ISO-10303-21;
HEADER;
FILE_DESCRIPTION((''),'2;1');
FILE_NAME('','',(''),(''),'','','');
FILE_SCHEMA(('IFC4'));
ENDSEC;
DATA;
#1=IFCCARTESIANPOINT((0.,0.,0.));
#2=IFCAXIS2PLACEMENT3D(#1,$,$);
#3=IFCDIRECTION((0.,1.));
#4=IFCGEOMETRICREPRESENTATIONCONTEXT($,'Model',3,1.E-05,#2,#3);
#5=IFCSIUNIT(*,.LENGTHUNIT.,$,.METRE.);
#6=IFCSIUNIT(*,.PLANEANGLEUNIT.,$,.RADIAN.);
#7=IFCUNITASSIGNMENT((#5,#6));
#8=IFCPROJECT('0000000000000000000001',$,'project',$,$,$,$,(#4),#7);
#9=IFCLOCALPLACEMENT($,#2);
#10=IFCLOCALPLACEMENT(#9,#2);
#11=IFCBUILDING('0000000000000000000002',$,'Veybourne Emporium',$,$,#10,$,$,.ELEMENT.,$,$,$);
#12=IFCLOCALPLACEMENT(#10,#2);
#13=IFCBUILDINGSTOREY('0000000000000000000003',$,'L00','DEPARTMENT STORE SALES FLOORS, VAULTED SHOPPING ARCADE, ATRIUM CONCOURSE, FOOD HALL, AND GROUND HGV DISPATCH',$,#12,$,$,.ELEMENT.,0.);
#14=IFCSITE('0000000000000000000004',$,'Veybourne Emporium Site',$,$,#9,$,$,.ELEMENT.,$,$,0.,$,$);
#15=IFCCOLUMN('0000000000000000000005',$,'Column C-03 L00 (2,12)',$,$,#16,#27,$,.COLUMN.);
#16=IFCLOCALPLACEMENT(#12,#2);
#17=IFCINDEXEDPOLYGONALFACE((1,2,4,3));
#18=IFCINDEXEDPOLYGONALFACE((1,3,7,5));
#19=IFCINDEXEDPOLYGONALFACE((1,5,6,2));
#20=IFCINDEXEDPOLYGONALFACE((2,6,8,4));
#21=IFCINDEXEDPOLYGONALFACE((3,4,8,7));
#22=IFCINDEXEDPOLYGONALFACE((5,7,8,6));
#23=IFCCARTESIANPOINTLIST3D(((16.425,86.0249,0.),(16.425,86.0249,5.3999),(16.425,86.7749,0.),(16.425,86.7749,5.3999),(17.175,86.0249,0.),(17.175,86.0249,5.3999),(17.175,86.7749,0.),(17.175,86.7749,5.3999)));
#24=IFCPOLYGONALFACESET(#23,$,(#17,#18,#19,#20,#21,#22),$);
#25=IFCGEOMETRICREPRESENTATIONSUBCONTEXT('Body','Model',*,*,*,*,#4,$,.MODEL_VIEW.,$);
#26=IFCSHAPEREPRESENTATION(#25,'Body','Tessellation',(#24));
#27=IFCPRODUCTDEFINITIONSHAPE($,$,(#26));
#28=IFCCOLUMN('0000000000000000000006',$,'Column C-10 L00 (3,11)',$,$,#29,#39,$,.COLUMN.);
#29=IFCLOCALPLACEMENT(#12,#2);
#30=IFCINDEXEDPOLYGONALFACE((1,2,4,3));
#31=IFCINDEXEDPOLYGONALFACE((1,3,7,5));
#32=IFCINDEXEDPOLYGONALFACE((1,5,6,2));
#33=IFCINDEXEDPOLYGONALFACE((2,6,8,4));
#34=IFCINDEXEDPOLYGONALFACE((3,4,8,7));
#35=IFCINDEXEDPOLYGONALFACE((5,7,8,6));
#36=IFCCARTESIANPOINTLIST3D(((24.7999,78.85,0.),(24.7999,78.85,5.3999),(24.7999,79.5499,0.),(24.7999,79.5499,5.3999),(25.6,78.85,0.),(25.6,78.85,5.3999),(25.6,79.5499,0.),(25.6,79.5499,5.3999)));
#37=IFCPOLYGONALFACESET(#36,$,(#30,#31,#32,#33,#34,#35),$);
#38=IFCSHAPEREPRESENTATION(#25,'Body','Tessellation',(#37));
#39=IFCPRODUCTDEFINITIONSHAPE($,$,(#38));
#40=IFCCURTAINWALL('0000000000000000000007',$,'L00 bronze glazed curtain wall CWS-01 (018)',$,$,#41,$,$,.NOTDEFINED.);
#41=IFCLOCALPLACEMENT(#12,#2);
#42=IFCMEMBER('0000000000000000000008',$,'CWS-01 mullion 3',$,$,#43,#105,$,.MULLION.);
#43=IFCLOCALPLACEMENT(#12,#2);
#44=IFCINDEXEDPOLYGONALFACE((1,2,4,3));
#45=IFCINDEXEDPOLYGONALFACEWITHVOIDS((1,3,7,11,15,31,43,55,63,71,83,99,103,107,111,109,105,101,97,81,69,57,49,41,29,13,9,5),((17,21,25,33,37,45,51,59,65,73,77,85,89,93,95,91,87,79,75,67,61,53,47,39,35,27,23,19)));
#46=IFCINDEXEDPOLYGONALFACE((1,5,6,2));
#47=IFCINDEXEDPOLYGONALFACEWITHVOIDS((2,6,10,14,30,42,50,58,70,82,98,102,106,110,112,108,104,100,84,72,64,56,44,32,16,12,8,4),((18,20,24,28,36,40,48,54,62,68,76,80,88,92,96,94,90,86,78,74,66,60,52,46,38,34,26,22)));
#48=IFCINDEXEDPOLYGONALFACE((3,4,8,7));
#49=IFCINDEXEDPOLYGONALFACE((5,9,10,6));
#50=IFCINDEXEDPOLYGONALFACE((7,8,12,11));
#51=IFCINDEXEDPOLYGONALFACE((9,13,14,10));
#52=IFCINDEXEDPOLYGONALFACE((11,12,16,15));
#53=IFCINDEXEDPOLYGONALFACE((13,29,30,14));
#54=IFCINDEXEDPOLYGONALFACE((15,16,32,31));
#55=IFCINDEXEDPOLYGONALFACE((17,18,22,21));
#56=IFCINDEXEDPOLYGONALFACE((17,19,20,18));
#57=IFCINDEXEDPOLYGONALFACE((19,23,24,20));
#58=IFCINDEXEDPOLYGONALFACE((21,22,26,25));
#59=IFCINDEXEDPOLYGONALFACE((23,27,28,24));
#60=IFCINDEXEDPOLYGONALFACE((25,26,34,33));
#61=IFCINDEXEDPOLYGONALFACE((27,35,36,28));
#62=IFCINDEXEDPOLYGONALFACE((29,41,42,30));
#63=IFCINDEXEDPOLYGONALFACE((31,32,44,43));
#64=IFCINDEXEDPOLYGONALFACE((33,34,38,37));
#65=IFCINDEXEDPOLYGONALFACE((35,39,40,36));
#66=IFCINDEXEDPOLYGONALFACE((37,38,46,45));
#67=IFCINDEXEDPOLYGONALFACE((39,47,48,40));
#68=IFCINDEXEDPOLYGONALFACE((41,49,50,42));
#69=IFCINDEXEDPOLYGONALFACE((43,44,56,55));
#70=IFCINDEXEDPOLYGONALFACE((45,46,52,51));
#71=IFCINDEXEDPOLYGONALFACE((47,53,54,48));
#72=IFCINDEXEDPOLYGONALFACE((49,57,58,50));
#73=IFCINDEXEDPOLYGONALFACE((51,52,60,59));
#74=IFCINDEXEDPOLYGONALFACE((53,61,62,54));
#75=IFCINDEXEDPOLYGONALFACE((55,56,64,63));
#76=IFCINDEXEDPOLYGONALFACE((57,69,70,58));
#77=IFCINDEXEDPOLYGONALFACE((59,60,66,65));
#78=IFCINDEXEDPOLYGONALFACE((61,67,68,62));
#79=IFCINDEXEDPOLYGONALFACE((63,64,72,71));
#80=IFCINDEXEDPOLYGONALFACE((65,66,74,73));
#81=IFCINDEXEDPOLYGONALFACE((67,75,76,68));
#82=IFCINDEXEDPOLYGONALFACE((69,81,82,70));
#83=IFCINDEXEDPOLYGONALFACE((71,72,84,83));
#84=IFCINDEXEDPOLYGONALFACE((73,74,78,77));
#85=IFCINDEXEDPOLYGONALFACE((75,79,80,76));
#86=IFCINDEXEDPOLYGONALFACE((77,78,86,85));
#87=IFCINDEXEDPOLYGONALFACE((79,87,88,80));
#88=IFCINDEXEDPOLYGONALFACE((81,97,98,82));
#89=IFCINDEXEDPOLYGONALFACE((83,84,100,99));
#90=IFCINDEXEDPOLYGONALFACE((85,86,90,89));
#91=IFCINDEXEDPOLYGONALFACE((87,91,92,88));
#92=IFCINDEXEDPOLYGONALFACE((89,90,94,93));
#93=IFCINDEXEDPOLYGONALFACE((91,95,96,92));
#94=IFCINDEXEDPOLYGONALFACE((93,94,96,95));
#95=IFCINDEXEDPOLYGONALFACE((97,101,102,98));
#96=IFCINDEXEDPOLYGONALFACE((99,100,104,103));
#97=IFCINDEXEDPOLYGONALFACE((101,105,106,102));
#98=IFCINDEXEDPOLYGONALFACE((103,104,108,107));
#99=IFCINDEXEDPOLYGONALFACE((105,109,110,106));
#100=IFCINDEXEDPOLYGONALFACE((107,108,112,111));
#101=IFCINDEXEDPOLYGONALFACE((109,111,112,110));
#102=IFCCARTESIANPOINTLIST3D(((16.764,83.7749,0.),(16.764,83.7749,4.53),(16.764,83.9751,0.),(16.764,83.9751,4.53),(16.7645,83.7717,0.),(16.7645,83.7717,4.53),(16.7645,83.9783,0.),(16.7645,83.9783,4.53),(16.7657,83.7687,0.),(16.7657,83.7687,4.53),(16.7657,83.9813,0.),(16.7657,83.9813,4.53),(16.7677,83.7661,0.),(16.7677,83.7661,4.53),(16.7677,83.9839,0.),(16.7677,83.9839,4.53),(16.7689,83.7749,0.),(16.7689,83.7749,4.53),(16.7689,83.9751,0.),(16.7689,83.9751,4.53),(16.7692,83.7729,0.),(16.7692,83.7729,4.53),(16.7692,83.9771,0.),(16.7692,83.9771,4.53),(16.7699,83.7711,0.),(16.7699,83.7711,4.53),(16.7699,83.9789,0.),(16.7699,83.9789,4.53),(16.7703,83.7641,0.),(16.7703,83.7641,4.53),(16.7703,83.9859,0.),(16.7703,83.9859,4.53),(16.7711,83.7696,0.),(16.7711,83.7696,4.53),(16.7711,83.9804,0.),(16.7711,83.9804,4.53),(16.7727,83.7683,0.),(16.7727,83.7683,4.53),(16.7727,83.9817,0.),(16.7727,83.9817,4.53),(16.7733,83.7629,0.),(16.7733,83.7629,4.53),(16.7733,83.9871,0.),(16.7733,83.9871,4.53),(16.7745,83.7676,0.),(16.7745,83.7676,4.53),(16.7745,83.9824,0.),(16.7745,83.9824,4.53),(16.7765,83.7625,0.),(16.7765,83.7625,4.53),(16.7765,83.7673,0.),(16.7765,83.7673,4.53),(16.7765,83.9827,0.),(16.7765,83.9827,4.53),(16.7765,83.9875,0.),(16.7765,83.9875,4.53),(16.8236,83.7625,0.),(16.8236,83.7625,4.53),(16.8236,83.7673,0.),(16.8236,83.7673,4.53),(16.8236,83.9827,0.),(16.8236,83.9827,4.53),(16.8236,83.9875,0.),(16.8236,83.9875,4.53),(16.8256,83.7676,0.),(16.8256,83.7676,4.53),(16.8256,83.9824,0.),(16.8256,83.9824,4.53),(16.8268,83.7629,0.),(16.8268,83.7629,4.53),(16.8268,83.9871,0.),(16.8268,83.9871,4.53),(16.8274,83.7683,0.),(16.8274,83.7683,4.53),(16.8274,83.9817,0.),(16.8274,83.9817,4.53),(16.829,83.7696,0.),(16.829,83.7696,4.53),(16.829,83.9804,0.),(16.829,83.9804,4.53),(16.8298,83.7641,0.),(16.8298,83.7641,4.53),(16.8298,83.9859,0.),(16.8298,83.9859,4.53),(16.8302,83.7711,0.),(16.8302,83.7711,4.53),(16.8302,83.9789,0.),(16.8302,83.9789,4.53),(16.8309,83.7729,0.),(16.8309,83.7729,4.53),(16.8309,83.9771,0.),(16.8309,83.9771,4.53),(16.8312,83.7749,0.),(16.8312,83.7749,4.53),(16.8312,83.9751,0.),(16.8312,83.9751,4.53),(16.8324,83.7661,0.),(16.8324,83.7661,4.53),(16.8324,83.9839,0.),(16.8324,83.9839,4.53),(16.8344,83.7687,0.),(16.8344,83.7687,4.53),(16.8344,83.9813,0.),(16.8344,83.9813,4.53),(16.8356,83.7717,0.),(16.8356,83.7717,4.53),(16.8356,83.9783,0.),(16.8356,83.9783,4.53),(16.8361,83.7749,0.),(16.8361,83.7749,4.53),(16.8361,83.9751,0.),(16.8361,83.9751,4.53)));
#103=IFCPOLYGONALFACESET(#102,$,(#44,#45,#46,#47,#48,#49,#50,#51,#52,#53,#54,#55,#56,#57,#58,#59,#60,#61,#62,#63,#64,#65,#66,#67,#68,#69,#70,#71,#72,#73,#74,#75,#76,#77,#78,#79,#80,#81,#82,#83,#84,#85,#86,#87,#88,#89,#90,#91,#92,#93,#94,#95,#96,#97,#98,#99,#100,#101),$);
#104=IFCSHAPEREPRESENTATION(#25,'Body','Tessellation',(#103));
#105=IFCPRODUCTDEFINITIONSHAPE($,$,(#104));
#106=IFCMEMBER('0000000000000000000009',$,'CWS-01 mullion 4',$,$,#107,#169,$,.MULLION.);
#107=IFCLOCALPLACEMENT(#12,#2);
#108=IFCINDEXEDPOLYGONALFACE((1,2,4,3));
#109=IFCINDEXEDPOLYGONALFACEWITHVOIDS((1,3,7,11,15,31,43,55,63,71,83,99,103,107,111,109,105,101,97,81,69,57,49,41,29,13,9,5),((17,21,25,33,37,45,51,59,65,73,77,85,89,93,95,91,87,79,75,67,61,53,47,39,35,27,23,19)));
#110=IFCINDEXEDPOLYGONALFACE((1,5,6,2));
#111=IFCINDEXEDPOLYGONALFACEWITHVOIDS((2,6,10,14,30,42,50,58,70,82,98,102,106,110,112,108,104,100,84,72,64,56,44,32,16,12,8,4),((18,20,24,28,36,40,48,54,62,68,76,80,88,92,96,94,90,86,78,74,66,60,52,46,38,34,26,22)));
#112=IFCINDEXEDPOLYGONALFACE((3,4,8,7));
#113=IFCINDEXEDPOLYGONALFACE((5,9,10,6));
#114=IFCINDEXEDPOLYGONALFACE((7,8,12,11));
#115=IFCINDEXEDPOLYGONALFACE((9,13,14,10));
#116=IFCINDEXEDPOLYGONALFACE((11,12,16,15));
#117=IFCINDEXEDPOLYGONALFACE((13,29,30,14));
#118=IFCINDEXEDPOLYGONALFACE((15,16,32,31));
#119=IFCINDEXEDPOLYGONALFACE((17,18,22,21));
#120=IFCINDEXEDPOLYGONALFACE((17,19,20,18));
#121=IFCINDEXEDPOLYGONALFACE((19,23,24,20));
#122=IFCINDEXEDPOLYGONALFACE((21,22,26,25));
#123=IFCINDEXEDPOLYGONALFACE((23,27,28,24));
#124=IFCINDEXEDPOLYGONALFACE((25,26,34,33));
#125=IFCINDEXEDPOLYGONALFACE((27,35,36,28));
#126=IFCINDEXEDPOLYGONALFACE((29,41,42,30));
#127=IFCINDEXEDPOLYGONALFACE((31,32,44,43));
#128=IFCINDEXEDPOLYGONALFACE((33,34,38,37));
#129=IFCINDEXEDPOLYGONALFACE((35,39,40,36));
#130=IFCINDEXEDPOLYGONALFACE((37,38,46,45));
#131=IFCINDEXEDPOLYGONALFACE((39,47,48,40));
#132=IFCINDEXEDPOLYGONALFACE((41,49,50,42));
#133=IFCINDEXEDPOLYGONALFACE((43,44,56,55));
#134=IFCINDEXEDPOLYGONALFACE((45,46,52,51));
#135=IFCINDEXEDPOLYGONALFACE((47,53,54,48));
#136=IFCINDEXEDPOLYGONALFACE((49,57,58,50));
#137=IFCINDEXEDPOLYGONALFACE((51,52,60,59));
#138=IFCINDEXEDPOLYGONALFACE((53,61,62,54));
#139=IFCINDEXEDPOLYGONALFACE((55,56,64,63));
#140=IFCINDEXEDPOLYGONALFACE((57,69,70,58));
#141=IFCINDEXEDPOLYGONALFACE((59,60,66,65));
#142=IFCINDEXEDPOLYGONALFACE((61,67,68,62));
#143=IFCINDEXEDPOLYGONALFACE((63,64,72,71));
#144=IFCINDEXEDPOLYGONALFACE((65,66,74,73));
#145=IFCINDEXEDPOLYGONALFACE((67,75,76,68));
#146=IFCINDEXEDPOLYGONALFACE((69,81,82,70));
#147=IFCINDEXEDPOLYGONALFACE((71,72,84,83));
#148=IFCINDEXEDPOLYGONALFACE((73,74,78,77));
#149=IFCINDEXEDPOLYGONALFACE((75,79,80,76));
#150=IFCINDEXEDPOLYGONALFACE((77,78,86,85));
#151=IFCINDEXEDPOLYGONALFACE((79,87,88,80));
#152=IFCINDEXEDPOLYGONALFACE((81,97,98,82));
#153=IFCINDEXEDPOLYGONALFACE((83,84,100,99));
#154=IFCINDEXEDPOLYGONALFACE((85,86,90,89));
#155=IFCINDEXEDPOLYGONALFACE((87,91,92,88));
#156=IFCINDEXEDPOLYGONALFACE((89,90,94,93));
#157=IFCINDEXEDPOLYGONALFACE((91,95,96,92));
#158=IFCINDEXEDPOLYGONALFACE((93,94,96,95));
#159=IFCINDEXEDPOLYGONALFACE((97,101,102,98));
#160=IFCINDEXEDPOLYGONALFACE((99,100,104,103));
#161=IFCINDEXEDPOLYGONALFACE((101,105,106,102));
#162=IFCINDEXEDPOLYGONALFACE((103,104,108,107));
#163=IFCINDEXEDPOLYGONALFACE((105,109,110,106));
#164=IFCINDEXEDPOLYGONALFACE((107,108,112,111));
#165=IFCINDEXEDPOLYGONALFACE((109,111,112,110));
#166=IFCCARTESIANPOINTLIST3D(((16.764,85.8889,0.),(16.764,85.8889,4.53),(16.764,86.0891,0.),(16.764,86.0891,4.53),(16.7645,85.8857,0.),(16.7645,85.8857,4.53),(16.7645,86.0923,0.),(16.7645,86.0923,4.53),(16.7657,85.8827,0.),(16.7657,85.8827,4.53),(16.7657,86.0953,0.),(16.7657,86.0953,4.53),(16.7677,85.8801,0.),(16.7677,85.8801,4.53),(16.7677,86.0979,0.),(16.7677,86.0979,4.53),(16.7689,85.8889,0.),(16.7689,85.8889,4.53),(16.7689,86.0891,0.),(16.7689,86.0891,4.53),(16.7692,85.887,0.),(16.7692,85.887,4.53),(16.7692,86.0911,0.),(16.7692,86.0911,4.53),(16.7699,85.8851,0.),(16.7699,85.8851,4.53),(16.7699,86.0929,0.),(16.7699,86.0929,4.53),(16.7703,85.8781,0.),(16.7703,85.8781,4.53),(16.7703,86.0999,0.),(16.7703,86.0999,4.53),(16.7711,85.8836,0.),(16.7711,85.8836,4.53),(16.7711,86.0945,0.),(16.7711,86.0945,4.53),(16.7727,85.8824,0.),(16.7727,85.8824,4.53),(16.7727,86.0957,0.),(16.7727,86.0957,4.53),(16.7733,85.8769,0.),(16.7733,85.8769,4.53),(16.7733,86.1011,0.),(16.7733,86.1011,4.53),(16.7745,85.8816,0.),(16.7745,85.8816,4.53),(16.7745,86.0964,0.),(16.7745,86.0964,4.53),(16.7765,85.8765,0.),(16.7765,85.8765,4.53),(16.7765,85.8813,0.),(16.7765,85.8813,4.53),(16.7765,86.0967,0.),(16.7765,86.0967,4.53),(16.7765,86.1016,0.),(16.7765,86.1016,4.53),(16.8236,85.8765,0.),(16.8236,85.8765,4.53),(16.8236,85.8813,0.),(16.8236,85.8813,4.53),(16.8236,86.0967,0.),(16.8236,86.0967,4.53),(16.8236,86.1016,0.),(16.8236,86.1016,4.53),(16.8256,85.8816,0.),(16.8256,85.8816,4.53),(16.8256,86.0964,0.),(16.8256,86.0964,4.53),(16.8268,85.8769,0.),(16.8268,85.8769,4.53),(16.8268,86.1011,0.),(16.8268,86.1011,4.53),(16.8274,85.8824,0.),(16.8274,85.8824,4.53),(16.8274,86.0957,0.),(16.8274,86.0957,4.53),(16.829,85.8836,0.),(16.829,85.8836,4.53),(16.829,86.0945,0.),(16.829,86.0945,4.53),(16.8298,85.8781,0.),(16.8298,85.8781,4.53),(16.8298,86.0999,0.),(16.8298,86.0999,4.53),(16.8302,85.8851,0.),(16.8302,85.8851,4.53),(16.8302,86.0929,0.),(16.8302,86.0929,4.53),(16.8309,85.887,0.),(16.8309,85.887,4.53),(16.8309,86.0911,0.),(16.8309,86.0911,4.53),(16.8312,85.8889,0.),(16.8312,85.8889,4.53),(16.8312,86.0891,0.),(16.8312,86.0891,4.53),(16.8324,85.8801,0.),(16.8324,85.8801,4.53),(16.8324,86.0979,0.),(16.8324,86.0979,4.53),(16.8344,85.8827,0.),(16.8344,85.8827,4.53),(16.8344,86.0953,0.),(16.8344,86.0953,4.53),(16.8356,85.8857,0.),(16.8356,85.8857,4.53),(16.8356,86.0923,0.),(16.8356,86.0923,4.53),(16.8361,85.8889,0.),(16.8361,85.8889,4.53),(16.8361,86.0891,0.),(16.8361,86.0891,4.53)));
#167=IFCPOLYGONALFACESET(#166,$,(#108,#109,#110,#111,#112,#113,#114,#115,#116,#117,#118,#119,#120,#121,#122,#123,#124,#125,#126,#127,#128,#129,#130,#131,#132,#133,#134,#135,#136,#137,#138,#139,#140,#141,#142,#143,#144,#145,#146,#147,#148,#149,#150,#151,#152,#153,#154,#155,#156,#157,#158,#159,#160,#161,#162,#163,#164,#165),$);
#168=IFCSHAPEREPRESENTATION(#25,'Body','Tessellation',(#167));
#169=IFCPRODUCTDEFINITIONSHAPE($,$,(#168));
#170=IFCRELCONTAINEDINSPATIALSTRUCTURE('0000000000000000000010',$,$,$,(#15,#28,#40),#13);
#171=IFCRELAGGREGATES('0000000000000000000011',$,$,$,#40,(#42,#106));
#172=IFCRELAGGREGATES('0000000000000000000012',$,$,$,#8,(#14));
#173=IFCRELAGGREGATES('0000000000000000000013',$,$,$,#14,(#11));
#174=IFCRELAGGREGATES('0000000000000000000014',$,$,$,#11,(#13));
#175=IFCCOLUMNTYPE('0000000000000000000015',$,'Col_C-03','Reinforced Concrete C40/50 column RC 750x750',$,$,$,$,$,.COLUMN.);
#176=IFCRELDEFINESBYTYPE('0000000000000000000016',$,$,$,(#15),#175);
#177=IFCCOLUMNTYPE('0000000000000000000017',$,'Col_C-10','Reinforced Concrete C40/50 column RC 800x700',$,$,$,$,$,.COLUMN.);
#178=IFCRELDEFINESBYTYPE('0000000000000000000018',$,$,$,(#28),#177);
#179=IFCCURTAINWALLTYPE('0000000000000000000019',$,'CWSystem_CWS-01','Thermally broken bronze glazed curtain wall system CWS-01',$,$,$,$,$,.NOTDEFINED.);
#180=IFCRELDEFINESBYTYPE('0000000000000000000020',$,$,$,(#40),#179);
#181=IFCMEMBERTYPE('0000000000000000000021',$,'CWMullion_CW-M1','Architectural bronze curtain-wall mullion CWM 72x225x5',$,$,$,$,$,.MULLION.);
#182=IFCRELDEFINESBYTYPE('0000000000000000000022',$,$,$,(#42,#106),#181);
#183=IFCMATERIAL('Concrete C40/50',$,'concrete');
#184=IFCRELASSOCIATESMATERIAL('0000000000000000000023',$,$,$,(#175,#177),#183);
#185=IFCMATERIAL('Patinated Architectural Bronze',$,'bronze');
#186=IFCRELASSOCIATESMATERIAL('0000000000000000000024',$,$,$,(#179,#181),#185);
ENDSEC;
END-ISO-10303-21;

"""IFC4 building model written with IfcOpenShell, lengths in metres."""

from ifc_helpers import new_model, si_unit, direction, frame, origin, origin_2d, place, context, subcontext, project, spatial, rectangle, hollow_rectangle, extrude, material, material_profile, profile_set, type_object, element, aggregate, save


model = new_model("IFC4")

# Units and contexts
model_context = context("Model", 3, precision=1e-05, world=origin(), true_north=direction((0.0, 1.0)))
body_context = subcontext(model_context, "Body", "Model", "MODEL_VIEW")
ifc_project = project(units=[si_unit("LENGTHUNIT", "METRE"), si_unit("PLANEANGLEUNIT", "RADIAN")], contexts=[model_context])

# Site, building, storey
site_placement = place(None, origin())
site = spatial("IfcSite", under=ifc_project, at=site_placement, Name="Veybourne Emporium Site", CompositionType="ELEMENT", RefElevation=0.0)
building_placement = place(site_placement, origin())
building = spatial("IfcBuilding", under=site, at=building_placement, Name="Veybourne Emporium", CompositionType="ELEMENT")
storey_placement = place(building_placement, origin())
storey = spatial("IfcBuildingStorey", under=building, at=storey_placement, Name="L00", Description="DEPARTMENT STORE SALES FLOORS, VAULTED SHOPPING ARCADE, ATRIUM CONCOURSE, FOOD HALL, AND GROUND HGV DISPATCH", CompositionType="ELEMENT", Elevation=0.0)

# Columns
ifc_material_1 = material(Name="Concrete C40/50", Category="concrete")
ifc_material_profile_1 = material_profile(ifc_material_1, rectangle(XDim=0.75, YDim=0.75, at=origin_2d()), Name="RC 750x750")
ifc_profile_set_1 = profile_set([ifc_material_profile_1], Name="Concrete C40/50")
column_type_1 = type_object("IfcColumnType", Name="Col_C-03", Description="Reinforced Concrete C40/50 column RC 750x750", PredefinedType="COLUMN", material=ifc_profile_set_1)
column_1_placement = place(storey_placement, frame((16.8, 86.3999, 0.0), z_axis=(0.0, 0.0, 1.0), x_axis=(1.0, 0.0, 0.0)))
element("IfcColumn", 1, at=column_1_placement, inside=storey, type_object=column_type_1, Name="Column C-03 L00 (2,12)", PredefinedType="COLUMN", context=body_context, shape_type="SweptSolid", body=[
    extrude(rectangle(XDim=0.75, YDim=0.75, at=origin_2d()), origin(), (0.0, 0.0, 1.0), 5.3999),
])
ifc_material_profile_2 = material_profile(ifc_material_1, rectangle(XDim=0.8, YDim=0.7, at=origin_2d()), Name="RC 800x700")
ifc_profile_set_2 = profile_set([ifc_material_profile_2], Name="Concrete C40/50")
column_type_2 = type_object("IfcColumnType", Name="Col_C-10", Description="Reinforced Concrete C40/50 column RC 800x700", PredefinedType="COLUMN", material=ifc_profile_set_2)
column_2_placement = place(storey_placement, frame((25.2, 79.2, 0.0), z_axis=(0.0, 0.0, 1.0), x_axis=(1.0, 0.0, 0.0)))
element("IfcColumn", 2, at=column_2_placement, inside=storey, type_object=column_type_2, Name="Column C-10 L00 (3,11)", PredefinedType="COLUMN", context=body_context, shape_type="SweptSolid", body=[
    extrude(rectangle(XDim=0.8, YDim=0.7, at=origin_2d()), origin(), (0.0, 0.0, 1.0), 5.3999),
])

# Curtain wall, members
ifc_material_2 = material(Name="Patinated Architectural Bronze", Category="bronze")
curtain_wall_type = type_object("IfcCurtainWallType", Name="CWSystem_CWS-01", Description="Thermally broken bronze glazed curtain wall system CWS-01", PredefinedType="NOTDEFINED", material=ifc_material_2)
curtain_wall_placement = place(storey_placement, origin())
curtain_wall = element("IfcCurtainWall", 3, at=curtain_wall_placement, inside=storey, type_object=curtain_wall_type, Name="L00 bronze glazed curtain wall CWS-01 (018)", PredefinedType="NOTDEFINED")
ifc_material_profile_3 = material_profile(ifc_material_2, hollow_rectangle(XDim=0.072, YDim=0.2251, WallThickness=0.0049, InnerFilletRadius=0.0076, OuterFilletRadius=0.0125, at=origin_2d()), Name="CWM 72x225x5")
ifc_profile_set_3 = profile_set([ifc_material_profile_3], Name="Patinated Architectural Bronze")
member_type_1 = type_object("IfcMemberType", Name="CWMullion_CW-M1", Description="Architectural bronze curtain-wall mullion CWM 72x225x5", PredefinedType="MULLION", material=ifc_profile_set_3)
member_1_placement = place(storey_placement, frame((16.8, 83.875, 0.0), z_axis=(0.0, 0.0, 1.0), x_axis=(-1.0, 0.0, 0.0)))
member_1 = element("IfcMember", 4, at=member_1_placement, type_object=member_type_1, Name="CWS-01 mullion 3", PredefinedType="MULLION", context=body_context, shape_type="SweptSolid", body=[
    extrude(hollow_rectangle(XDim=0.072, YDim=0.2251, WallThickness=0.0049, InnerFilletRadius=0.0076, OuterFilletRadius=0.0125, at=origin_2d()), origin(), (0.0, 0.0, 1.0), 4.53),
])
member_2_placement = place(storey_placement, frame((16.8, 85.989, 0.0), z_axis=(0.0, 0.0, 1.0), x_axis=(-1.0, 0.0, 0.0)))
member_2 = element("IfcMember", 5, at=member_2_placement, type_object=member_type_1, Name="CWS-01 mullion 4", PredefinedType="MULLION", context=body_context, shape_type="SweptSolid", body=[
    extrude(hollow_rectangle(XDim=0.072, YDim=0.2251, WallThickness=0.0049, InnerFilletRadius=0.0076, OuterFilletRadius=0.0125, at=origin_2d()), origin(), (0.0, 0.0, 1.0), 4.53),
])

aggregate(curtain_wall, [member_1, member_2])

save(model, "model.ifc")
